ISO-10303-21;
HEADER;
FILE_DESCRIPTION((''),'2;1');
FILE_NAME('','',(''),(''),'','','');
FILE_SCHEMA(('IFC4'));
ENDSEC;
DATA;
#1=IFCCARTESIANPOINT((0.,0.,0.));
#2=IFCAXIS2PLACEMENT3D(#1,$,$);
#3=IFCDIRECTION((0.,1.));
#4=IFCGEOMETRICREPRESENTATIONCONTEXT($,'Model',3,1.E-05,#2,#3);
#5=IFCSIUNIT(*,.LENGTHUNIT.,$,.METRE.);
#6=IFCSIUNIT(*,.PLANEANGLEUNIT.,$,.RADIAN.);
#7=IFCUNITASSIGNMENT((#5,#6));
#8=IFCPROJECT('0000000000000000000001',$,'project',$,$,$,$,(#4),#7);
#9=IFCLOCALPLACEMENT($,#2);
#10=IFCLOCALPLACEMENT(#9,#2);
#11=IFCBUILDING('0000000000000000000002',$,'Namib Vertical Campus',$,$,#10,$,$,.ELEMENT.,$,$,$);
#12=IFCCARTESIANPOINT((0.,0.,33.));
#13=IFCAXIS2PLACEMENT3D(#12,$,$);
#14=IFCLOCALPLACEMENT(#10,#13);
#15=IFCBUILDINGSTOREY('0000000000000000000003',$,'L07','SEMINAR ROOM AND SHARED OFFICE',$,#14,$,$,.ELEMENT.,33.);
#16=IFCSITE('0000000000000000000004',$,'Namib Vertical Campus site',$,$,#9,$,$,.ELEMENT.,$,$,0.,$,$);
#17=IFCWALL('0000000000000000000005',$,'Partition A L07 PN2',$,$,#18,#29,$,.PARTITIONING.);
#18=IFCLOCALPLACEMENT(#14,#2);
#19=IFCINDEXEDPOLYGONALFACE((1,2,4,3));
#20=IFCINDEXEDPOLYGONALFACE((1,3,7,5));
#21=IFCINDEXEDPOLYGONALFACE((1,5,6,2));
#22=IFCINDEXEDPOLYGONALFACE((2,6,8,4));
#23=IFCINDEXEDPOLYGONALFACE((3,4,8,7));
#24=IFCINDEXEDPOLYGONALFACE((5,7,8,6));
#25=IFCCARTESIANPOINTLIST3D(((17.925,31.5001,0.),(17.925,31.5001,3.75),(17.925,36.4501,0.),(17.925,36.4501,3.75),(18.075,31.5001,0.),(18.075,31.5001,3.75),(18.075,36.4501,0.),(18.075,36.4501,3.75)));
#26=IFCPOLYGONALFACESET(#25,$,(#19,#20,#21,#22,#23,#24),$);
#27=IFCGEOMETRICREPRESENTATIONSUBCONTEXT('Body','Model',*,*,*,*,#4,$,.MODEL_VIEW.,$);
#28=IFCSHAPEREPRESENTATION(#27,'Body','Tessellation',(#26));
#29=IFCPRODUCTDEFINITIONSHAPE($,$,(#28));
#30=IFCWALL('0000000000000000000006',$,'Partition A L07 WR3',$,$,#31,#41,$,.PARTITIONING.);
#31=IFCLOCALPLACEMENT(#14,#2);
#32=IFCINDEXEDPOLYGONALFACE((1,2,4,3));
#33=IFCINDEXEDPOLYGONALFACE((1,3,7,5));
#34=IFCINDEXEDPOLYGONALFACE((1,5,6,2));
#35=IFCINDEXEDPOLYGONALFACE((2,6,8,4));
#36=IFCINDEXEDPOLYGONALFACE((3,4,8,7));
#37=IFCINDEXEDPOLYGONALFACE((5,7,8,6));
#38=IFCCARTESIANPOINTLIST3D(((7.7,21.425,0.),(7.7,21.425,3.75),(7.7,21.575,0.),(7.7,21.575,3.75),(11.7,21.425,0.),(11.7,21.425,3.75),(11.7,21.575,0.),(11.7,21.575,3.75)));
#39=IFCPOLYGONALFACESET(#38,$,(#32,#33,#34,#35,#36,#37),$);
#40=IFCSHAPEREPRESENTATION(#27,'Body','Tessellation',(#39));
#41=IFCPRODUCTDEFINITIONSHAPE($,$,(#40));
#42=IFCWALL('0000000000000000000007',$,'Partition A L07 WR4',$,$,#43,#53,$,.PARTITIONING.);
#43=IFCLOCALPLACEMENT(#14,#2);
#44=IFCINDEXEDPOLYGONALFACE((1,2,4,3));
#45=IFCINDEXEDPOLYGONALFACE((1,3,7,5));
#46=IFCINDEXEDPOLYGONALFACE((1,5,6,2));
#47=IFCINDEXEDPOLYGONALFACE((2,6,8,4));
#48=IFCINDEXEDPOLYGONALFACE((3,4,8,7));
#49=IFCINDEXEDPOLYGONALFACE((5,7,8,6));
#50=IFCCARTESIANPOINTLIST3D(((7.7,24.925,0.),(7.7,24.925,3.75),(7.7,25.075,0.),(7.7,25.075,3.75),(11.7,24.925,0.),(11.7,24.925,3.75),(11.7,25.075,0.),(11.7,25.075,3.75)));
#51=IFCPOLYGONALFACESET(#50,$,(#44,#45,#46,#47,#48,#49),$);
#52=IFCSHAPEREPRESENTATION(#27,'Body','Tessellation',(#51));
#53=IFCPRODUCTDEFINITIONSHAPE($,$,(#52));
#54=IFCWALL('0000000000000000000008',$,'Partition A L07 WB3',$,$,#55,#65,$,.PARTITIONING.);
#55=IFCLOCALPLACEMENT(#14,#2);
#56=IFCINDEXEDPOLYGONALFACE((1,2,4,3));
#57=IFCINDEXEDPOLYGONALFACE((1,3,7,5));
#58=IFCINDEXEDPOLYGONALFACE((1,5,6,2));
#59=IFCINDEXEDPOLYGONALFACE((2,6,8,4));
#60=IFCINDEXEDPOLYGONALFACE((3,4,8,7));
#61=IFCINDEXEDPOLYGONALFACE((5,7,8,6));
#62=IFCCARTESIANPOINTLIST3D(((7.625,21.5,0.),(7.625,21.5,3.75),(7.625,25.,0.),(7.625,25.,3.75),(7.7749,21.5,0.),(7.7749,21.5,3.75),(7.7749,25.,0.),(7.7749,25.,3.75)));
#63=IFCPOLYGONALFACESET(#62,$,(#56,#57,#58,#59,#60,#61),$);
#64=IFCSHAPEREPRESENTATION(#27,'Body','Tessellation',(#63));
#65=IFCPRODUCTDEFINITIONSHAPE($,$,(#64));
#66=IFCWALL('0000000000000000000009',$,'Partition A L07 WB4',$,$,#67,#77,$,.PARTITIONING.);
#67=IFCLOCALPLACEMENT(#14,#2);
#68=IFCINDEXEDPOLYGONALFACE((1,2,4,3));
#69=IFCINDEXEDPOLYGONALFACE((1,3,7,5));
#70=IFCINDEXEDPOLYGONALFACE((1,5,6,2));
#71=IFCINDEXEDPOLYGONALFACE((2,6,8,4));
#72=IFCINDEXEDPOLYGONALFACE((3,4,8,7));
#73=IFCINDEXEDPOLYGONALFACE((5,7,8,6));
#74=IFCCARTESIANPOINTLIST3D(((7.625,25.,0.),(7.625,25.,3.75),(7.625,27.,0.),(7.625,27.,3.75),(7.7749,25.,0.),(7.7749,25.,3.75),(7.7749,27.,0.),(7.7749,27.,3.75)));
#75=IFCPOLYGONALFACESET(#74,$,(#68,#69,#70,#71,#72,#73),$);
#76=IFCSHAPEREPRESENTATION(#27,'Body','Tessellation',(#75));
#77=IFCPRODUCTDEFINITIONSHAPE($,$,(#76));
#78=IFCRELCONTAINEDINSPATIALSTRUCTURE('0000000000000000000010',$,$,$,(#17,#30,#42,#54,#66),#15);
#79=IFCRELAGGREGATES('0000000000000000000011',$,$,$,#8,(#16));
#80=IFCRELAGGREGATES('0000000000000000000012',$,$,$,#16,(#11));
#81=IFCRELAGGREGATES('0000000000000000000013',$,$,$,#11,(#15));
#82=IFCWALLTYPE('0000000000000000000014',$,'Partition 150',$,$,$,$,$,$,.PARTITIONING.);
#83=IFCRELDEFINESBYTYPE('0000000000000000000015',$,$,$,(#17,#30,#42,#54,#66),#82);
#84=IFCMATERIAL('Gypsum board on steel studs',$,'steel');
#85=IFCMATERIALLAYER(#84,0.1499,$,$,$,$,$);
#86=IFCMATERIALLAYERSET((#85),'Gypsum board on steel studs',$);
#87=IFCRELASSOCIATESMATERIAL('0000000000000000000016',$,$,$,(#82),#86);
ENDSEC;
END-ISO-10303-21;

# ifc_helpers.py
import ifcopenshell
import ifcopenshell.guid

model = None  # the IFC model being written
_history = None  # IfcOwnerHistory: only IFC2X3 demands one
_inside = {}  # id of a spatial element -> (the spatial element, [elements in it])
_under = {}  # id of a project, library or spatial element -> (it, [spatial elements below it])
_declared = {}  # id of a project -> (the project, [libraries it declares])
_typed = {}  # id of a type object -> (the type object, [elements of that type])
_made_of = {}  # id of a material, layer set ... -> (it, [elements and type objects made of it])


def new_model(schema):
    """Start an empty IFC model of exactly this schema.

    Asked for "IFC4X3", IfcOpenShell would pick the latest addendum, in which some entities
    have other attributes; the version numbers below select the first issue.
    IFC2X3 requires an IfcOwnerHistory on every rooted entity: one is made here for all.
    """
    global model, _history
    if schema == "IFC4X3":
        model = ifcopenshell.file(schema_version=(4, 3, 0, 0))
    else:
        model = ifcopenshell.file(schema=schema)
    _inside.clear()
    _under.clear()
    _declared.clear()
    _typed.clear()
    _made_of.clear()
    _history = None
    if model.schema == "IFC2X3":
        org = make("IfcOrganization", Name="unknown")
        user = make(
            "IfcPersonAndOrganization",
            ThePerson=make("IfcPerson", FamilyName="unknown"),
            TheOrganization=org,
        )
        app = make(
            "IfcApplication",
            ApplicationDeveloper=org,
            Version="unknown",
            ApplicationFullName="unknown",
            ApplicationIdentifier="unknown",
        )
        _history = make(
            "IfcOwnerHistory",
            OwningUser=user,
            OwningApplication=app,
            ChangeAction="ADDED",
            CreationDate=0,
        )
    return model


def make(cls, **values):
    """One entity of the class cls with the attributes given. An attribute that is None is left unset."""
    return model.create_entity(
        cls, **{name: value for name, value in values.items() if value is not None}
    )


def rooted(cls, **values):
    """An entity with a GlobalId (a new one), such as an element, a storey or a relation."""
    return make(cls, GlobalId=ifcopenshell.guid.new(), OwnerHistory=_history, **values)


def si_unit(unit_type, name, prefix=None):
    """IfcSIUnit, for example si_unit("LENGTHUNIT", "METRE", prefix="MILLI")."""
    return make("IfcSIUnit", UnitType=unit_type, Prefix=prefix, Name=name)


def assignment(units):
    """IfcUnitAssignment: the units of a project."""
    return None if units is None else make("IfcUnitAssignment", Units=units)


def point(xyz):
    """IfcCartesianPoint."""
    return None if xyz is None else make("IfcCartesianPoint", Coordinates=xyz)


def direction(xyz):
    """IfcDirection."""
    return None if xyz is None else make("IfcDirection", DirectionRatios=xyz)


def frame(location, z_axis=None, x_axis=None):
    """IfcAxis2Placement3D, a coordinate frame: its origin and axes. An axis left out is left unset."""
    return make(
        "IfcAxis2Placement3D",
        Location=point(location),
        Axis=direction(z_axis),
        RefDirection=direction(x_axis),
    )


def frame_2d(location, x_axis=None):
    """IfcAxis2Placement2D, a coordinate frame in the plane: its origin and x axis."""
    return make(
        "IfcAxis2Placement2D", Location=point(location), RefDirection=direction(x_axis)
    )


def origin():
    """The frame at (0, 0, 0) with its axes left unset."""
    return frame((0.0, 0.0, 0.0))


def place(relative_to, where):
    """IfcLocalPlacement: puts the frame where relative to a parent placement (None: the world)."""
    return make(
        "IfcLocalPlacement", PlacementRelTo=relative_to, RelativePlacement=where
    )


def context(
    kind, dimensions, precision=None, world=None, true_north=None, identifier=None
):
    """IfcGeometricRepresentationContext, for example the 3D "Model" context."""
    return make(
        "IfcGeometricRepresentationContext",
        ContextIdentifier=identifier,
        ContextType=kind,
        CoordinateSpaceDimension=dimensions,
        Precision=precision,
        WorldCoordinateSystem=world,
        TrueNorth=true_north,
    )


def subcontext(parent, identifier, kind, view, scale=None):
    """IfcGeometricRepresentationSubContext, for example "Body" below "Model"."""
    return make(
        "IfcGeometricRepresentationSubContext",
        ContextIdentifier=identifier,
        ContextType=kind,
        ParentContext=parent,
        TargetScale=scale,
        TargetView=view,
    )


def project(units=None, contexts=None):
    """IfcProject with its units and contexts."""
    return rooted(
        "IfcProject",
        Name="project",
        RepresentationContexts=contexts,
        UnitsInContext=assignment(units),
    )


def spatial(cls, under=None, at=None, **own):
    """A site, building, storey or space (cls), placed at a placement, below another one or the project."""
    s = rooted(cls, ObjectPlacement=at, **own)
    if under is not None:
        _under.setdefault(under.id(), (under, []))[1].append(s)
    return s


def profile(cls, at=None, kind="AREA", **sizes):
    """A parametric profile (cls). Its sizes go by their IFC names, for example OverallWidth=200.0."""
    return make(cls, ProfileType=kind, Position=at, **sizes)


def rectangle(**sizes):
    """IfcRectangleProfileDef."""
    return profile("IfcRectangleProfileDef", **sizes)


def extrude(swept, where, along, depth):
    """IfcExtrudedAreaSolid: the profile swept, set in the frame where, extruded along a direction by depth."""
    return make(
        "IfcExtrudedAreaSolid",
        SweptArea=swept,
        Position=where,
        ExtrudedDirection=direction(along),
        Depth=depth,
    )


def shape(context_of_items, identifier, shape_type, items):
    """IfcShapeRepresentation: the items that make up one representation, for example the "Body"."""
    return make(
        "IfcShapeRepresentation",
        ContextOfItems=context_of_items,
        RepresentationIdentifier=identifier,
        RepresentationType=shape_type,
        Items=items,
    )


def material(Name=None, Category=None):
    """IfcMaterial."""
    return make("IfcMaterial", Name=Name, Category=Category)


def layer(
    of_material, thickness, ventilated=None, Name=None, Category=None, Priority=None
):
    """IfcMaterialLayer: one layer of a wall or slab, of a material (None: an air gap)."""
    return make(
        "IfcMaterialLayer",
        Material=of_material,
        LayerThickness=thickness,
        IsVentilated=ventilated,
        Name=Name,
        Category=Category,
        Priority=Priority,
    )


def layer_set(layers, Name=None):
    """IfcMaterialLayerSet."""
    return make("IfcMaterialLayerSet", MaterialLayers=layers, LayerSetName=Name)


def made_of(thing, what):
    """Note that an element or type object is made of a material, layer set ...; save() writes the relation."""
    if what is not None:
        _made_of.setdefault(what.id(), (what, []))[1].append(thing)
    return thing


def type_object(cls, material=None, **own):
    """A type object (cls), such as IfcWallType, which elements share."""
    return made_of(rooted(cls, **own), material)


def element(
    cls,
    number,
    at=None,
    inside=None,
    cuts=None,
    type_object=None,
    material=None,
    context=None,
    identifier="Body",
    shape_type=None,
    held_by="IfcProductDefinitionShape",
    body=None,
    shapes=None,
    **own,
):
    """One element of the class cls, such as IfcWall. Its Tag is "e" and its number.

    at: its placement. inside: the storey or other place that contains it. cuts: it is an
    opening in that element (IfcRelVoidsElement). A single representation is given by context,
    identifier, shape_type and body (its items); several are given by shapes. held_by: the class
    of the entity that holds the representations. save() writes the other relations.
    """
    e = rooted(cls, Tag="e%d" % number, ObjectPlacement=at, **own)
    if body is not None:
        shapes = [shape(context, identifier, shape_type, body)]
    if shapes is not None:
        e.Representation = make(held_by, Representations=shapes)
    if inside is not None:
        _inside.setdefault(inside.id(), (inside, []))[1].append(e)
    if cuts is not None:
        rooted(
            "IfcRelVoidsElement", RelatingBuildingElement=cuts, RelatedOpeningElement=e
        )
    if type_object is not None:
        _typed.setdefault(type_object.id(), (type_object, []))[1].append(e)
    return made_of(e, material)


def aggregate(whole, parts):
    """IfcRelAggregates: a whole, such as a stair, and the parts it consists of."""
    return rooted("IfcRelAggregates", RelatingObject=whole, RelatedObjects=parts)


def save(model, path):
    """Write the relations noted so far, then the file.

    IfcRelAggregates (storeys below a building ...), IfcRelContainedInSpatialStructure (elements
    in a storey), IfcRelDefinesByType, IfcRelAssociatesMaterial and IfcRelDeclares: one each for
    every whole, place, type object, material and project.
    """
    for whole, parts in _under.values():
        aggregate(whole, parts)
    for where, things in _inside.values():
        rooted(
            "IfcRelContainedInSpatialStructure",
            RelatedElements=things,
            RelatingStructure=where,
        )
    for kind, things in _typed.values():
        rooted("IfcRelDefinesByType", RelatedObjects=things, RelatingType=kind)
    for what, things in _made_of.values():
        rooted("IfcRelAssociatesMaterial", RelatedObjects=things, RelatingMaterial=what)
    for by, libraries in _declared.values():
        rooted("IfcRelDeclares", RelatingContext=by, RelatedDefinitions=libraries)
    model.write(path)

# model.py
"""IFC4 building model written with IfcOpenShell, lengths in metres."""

from ifc_helpers import new_model, si_unit, direction, frame, frame_2d, origin, place, context, subcontext, project, spatial, rectangle, extrude, material, layer, layer_set, type_object, element, save


model = new_model("IFC4")

# Units and contexts
model_context = context("Model", 3, precision=1e-05, world=origin(), true_north=direction((0.0, 1.0)))
body_context = subcontext(model_context, "Body", "Model", "MODEL_VIEW")
ifc_project = project(units=[si_unit("LENGTHUNIT", "METRE"), si_unit("PLANEANGLEUNIT", "RADIAN")], contexts=[model_context])

# Site, building, storey
site_placement = place(None, origin())
site = spatial("IfcSite", under=ifc_project, at=site_placement, Name="Namib Vertical Campus site", CompositionType="ELEMENT", RefElevation=0.0)
building_placement = place(site_placement, origin())
building = spatial("IfcBuilding", under=site, at=building_placement, Name="Namib Vertical Campus", CompositionType="ELEMENT")
storey_placement = place(building_placement, frame((0.0, 0.0, 33.0)))
storey = spatial("IfcBuildingStorey", under=building, at=storey_placement, Name="L07", Description="SEMINAR ROOM AND SHARED OFFICE", CompositionType="ELEMENT", Elevation=33.0)

# Walls
ifc_material_1 = material(Name="Gypsum board on steel studs", Category="steel")
ifc_layer_1 = layer(ifc_material_1, 0.1499)
ifc_layer_set_1 = layer_set([ifc_layer_1], Name="Gypsum board on steel studs")
wall_type_1 = type_object("IfcWallType", Name="Partition 150", PredefinedType="PARTITIONING", material=ifc_layer_set_1)
wall_1_placement = place(storey_placement, frame((18.0, 31.5, 0.0), z_axis=(0.0, 0.0, 1.0), x_axis=(0.0, 1.0, 0.0)))
element("IfcWall", 1, at=wall_1_placement, inside=storey, type_object=wall_type_1, Name="Partition A L07 PN2", PredefinedType="PARTITIONING", context=body_context, shape_type="SweptSolid", body=[
    extrude(rectangle(XDim=4.95, YDim=0.1499, at=frame_2d((2.4751, 0.0))), origin(), (0.0, 0.0, 1.0), 3.75),
])
for number, where, z_axis, x_axis, name in (
    (2, (11.7, 21.5, 0.0), (0.0, 0.0, 1.0), (-1.0, 0.0, 0.0), "Partition A L07 WR3"),
    (3, (11.7, 25.0, 0.0), (0.0, 0.0, 1.0), (-1.0, 0.0, 0.0), "Partition A L07 WR4"),
):
    element("IfcWall", number, at=place(storey_placement, frame(where, z_axis=z_axis, x_axis=x_axis)), inside=storey, type_object=wall_type_1, Name=name, PredefinedType="PARTITIONING", context=body_context, shape_type="SweptSolid", body=[
        extrude(rectangle(XDim=4.0, YDim=0.1499, at=frame_2d((2.0, 0.0))), origin(), (0.0, 0.0, 1.0), 3.75),
    ])
wall_2_placement = place(storey_placement, frame((7.7, 21.5, 0.0), z_axis=(0.0, 0.0, 1.0), x_axis=(0.0, 1.0, 0.0)))
element("IfcWall", 4, at=wall_2_placement, inside=storey, type_object=wall_type_1, Name="Partition A L07 WB3", PredefinedType="PARTITIONING", context=body_context, shape_type="SweptSolid", body=[
    extrude(rectangle(XDim=3.5, YDim=0.1499, at=frame_2d((1.75, 0.0))), origin(), (0.0, 0.0, 1.0), 3.75),
])
wall_3_placement = place(storey_placement, frame((7.7, 25.0, 0.0), z_axis=(0.0, 0.0, 1.0), x_axis=(0.0, 1.0, 0.0)))
element("IfcWall", 5, at=wall_3_placement, inside=storey, type_object=wall_type_1, Name="Partition A L07 WB4", PredefinedType="PARTITIONING", context=body_context, shape_type="SweptSolid", body=[
    extrude(rectangle(XDim=2.0, YDim=0.1499, at=frame_2d((1.0, 0.0))), origin(), (0.0, 0.0, 1.0), 3.75),
])

save(model, "model.ifc")
